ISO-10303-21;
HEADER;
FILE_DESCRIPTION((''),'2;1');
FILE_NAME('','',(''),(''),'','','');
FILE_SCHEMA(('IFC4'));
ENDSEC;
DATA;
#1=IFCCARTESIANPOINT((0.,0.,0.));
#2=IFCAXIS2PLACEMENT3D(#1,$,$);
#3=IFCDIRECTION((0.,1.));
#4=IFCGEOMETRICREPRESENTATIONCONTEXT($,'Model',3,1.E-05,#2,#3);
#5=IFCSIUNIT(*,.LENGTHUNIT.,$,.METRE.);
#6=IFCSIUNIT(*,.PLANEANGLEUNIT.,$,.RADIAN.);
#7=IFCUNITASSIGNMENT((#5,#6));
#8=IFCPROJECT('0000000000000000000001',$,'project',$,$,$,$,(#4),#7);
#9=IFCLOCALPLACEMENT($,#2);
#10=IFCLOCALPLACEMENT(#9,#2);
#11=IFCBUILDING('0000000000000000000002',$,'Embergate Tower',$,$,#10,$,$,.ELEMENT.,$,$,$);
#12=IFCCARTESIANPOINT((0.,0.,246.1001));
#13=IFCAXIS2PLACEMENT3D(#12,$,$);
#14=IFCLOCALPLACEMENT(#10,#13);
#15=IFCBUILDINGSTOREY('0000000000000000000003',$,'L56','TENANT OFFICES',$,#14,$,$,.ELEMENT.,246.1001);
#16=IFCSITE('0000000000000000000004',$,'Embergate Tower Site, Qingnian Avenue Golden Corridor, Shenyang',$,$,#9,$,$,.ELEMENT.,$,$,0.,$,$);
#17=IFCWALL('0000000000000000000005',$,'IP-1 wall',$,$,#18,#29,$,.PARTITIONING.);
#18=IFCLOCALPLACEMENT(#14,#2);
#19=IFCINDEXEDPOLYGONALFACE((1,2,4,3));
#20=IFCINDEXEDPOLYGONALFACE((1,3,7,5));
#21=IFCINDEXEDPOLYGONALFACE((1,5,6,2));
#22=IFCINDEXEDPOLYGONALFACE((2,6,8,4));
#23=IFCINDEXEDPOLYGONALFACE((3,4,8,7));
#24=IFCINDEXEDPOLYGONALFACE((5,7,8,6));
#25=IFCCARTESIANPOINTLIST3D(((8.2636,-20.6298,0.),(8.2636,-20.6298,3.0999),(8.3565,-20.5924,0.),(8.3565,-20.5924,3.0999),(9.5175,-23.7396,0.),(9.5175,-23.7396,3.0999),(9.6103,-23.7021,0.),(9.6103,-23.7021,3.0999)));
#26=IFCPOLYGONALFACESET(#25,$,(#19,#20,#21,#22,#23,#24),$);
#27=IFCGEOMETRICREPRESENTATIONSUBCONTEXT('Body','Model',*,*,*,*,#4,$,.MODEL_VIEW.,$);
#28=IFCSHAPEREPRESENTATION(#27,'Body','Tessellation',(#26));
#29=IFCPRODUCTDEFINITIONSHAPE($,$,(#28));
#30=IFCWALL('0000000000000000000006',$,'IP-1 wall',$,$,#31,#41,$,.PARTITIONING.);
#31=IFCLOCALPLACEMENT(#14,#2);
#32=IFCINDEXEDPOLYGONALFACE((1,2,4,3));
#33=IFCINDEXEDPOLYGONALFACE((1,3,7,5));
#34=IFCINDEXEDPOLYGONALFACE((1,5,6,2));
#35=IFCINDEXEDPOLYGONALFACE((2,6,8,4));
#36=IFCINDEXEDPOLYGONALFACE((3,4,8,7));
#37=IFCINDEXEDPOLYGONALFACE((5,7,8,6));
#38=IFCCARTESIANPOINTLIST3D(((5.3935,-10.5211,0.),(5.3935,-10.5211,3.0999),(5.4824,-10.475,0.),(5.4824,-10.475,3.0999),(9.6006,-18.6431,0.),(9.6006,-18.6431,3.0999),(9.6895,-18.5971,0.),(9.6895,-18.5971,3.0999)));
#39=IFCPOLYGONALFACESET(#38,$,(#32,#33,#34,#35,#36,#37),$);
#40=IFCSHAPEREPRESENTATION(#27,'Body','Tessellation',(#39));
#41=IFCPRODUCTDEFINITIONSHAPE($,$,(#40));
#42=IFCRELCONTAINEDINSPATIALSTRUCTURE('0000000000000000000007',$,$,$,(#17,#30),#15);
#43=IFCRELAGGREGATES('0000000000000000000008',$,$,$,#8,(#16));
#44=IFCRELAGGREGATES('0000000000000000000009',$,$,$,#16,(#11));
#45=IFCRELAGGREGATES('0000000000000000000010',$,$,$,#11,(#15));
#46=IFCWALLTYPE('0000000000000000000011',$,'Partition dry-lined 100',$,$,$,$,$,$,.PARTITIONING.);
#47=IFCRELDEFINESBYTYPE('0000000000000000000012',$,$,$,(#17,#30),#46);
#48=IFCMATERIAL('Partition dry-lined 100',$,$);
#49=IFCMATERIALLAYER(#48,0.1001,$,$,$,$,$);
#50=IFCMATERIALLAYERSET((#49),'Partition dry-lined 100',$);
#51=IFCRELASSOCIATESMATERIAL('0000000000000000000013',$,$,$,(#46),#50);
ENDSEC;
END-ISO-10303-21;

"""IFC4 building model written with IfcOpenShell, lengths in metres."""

from ifc_helpers import new_model, si_unit, direction, frame, frame_2d, origin, place, context, subcontext, project, spatial, rectangle, extrude, source, transform, mapped, material, layer, layer_set, type_object, element, save


model = new_model("IFC4")

# Units and contexts
model_context = context("Model", 3, precision=1e-05, world=origin(), true_north=direction((0.0, 1.0)))
body_context = subcontext(model_context, "Body", "Model", "MODEL_VIEW")
ifc_project = project(units=[si_unit("LENGTHUNIT", "METRE"), si_unit("PLANEANGLEUNIT", "RADIAN")], contexts=[model_context])

# Site, building, storey
site_placement = place(None, origin())
site = spatial("IfcSite", under=ifc_project, at=site_placement, Name="Embergate Tower Site, Qingnian Avenue Golden Corridor, Shenyang", CompositionType="ELEMENT", RefElevation=0.0)
building_placement = place(site_placement, origin())
building = spatial("IfcBuilding", under=site, at=building_placement, Name="Embergate Tower", CompositionType="ELEMENT")
storey_placement = place(building_placement, frame((0.0, 0.0, 246.1001)))
storey = spatial("IfcBuildingStorey", under=building, at=storey_placement, Name="L56", Description="TENANT OFFICES", CompositionType="ELEMENT", Elevation=246.1001)

# Walls
ifc_material_1 = material(Name="Partition dry-lined 100")
ifc_layer_1 = layer(ifc_material_1, 0.1001)
ifc_layer_set_1 = layer_set([ifc_layer_1], Name="Partition dry-lined 100")
wall_type_1 = type_object("IfcWallType", Name="Partition dry-lined 100", PredefinedType="PARTITIONING", material=ifc_layer_set_1)
shared_shape_1 = source(origin(), body_context, "Body", "SweptSolid", [
    extrude(rectangle(XDim=3.353, YDim=0.1001, at=frame_2d((1.6765, 0.0))), origin(), (0.0, 0.0, 1.0), 3.0999),
])
wall_1_placement = place(storey_placement, frame((8.3101, -20.6111, 0.0), z_axis=(0.0, 0.0, 1.0), x_axis=(0.37395, -0.927449, 0.0)))
element("IfcWall", 1, at=wall_1_placement, inside=storey, type_object=wall_type_1, Name="IP-1 wall", PredefinedType="PARTITIONING", context=body_context, shape_type="MappedRepresentation", body=[
    mapped(shared_shape_1, transform((0.0, 0.0, 0.0))),
])
shared_shape_2 = source(origin(), body_context, "Body", "SweptSolid", [
    extrude(rectangle(XDim=9.147, YDim=0.1001, at=frame_2d((4.5735, 0.0))), origin(), (0.0, 0.0, 1.0), 3.0999),
])
wall_2_placement = place(storey_placement, frame((5.438, -10.498, 0.0), z_axis=(0.0, 0.0, 1.0), x_axis=(0.459937, -0.887952, 0.0)))
element("IfcWall", 2, at=wall_2_placement, inside=storey, type_object=wall_type_1, Name="IP-1 wall", PredefinedType="PARTITIONING", context=body_context, shape_type="MappedRepresentation", body=[
    mapped(shared_shape_2, transform((0.0, 0.0, 0.0))),
])

save(model, "model.ifc")
